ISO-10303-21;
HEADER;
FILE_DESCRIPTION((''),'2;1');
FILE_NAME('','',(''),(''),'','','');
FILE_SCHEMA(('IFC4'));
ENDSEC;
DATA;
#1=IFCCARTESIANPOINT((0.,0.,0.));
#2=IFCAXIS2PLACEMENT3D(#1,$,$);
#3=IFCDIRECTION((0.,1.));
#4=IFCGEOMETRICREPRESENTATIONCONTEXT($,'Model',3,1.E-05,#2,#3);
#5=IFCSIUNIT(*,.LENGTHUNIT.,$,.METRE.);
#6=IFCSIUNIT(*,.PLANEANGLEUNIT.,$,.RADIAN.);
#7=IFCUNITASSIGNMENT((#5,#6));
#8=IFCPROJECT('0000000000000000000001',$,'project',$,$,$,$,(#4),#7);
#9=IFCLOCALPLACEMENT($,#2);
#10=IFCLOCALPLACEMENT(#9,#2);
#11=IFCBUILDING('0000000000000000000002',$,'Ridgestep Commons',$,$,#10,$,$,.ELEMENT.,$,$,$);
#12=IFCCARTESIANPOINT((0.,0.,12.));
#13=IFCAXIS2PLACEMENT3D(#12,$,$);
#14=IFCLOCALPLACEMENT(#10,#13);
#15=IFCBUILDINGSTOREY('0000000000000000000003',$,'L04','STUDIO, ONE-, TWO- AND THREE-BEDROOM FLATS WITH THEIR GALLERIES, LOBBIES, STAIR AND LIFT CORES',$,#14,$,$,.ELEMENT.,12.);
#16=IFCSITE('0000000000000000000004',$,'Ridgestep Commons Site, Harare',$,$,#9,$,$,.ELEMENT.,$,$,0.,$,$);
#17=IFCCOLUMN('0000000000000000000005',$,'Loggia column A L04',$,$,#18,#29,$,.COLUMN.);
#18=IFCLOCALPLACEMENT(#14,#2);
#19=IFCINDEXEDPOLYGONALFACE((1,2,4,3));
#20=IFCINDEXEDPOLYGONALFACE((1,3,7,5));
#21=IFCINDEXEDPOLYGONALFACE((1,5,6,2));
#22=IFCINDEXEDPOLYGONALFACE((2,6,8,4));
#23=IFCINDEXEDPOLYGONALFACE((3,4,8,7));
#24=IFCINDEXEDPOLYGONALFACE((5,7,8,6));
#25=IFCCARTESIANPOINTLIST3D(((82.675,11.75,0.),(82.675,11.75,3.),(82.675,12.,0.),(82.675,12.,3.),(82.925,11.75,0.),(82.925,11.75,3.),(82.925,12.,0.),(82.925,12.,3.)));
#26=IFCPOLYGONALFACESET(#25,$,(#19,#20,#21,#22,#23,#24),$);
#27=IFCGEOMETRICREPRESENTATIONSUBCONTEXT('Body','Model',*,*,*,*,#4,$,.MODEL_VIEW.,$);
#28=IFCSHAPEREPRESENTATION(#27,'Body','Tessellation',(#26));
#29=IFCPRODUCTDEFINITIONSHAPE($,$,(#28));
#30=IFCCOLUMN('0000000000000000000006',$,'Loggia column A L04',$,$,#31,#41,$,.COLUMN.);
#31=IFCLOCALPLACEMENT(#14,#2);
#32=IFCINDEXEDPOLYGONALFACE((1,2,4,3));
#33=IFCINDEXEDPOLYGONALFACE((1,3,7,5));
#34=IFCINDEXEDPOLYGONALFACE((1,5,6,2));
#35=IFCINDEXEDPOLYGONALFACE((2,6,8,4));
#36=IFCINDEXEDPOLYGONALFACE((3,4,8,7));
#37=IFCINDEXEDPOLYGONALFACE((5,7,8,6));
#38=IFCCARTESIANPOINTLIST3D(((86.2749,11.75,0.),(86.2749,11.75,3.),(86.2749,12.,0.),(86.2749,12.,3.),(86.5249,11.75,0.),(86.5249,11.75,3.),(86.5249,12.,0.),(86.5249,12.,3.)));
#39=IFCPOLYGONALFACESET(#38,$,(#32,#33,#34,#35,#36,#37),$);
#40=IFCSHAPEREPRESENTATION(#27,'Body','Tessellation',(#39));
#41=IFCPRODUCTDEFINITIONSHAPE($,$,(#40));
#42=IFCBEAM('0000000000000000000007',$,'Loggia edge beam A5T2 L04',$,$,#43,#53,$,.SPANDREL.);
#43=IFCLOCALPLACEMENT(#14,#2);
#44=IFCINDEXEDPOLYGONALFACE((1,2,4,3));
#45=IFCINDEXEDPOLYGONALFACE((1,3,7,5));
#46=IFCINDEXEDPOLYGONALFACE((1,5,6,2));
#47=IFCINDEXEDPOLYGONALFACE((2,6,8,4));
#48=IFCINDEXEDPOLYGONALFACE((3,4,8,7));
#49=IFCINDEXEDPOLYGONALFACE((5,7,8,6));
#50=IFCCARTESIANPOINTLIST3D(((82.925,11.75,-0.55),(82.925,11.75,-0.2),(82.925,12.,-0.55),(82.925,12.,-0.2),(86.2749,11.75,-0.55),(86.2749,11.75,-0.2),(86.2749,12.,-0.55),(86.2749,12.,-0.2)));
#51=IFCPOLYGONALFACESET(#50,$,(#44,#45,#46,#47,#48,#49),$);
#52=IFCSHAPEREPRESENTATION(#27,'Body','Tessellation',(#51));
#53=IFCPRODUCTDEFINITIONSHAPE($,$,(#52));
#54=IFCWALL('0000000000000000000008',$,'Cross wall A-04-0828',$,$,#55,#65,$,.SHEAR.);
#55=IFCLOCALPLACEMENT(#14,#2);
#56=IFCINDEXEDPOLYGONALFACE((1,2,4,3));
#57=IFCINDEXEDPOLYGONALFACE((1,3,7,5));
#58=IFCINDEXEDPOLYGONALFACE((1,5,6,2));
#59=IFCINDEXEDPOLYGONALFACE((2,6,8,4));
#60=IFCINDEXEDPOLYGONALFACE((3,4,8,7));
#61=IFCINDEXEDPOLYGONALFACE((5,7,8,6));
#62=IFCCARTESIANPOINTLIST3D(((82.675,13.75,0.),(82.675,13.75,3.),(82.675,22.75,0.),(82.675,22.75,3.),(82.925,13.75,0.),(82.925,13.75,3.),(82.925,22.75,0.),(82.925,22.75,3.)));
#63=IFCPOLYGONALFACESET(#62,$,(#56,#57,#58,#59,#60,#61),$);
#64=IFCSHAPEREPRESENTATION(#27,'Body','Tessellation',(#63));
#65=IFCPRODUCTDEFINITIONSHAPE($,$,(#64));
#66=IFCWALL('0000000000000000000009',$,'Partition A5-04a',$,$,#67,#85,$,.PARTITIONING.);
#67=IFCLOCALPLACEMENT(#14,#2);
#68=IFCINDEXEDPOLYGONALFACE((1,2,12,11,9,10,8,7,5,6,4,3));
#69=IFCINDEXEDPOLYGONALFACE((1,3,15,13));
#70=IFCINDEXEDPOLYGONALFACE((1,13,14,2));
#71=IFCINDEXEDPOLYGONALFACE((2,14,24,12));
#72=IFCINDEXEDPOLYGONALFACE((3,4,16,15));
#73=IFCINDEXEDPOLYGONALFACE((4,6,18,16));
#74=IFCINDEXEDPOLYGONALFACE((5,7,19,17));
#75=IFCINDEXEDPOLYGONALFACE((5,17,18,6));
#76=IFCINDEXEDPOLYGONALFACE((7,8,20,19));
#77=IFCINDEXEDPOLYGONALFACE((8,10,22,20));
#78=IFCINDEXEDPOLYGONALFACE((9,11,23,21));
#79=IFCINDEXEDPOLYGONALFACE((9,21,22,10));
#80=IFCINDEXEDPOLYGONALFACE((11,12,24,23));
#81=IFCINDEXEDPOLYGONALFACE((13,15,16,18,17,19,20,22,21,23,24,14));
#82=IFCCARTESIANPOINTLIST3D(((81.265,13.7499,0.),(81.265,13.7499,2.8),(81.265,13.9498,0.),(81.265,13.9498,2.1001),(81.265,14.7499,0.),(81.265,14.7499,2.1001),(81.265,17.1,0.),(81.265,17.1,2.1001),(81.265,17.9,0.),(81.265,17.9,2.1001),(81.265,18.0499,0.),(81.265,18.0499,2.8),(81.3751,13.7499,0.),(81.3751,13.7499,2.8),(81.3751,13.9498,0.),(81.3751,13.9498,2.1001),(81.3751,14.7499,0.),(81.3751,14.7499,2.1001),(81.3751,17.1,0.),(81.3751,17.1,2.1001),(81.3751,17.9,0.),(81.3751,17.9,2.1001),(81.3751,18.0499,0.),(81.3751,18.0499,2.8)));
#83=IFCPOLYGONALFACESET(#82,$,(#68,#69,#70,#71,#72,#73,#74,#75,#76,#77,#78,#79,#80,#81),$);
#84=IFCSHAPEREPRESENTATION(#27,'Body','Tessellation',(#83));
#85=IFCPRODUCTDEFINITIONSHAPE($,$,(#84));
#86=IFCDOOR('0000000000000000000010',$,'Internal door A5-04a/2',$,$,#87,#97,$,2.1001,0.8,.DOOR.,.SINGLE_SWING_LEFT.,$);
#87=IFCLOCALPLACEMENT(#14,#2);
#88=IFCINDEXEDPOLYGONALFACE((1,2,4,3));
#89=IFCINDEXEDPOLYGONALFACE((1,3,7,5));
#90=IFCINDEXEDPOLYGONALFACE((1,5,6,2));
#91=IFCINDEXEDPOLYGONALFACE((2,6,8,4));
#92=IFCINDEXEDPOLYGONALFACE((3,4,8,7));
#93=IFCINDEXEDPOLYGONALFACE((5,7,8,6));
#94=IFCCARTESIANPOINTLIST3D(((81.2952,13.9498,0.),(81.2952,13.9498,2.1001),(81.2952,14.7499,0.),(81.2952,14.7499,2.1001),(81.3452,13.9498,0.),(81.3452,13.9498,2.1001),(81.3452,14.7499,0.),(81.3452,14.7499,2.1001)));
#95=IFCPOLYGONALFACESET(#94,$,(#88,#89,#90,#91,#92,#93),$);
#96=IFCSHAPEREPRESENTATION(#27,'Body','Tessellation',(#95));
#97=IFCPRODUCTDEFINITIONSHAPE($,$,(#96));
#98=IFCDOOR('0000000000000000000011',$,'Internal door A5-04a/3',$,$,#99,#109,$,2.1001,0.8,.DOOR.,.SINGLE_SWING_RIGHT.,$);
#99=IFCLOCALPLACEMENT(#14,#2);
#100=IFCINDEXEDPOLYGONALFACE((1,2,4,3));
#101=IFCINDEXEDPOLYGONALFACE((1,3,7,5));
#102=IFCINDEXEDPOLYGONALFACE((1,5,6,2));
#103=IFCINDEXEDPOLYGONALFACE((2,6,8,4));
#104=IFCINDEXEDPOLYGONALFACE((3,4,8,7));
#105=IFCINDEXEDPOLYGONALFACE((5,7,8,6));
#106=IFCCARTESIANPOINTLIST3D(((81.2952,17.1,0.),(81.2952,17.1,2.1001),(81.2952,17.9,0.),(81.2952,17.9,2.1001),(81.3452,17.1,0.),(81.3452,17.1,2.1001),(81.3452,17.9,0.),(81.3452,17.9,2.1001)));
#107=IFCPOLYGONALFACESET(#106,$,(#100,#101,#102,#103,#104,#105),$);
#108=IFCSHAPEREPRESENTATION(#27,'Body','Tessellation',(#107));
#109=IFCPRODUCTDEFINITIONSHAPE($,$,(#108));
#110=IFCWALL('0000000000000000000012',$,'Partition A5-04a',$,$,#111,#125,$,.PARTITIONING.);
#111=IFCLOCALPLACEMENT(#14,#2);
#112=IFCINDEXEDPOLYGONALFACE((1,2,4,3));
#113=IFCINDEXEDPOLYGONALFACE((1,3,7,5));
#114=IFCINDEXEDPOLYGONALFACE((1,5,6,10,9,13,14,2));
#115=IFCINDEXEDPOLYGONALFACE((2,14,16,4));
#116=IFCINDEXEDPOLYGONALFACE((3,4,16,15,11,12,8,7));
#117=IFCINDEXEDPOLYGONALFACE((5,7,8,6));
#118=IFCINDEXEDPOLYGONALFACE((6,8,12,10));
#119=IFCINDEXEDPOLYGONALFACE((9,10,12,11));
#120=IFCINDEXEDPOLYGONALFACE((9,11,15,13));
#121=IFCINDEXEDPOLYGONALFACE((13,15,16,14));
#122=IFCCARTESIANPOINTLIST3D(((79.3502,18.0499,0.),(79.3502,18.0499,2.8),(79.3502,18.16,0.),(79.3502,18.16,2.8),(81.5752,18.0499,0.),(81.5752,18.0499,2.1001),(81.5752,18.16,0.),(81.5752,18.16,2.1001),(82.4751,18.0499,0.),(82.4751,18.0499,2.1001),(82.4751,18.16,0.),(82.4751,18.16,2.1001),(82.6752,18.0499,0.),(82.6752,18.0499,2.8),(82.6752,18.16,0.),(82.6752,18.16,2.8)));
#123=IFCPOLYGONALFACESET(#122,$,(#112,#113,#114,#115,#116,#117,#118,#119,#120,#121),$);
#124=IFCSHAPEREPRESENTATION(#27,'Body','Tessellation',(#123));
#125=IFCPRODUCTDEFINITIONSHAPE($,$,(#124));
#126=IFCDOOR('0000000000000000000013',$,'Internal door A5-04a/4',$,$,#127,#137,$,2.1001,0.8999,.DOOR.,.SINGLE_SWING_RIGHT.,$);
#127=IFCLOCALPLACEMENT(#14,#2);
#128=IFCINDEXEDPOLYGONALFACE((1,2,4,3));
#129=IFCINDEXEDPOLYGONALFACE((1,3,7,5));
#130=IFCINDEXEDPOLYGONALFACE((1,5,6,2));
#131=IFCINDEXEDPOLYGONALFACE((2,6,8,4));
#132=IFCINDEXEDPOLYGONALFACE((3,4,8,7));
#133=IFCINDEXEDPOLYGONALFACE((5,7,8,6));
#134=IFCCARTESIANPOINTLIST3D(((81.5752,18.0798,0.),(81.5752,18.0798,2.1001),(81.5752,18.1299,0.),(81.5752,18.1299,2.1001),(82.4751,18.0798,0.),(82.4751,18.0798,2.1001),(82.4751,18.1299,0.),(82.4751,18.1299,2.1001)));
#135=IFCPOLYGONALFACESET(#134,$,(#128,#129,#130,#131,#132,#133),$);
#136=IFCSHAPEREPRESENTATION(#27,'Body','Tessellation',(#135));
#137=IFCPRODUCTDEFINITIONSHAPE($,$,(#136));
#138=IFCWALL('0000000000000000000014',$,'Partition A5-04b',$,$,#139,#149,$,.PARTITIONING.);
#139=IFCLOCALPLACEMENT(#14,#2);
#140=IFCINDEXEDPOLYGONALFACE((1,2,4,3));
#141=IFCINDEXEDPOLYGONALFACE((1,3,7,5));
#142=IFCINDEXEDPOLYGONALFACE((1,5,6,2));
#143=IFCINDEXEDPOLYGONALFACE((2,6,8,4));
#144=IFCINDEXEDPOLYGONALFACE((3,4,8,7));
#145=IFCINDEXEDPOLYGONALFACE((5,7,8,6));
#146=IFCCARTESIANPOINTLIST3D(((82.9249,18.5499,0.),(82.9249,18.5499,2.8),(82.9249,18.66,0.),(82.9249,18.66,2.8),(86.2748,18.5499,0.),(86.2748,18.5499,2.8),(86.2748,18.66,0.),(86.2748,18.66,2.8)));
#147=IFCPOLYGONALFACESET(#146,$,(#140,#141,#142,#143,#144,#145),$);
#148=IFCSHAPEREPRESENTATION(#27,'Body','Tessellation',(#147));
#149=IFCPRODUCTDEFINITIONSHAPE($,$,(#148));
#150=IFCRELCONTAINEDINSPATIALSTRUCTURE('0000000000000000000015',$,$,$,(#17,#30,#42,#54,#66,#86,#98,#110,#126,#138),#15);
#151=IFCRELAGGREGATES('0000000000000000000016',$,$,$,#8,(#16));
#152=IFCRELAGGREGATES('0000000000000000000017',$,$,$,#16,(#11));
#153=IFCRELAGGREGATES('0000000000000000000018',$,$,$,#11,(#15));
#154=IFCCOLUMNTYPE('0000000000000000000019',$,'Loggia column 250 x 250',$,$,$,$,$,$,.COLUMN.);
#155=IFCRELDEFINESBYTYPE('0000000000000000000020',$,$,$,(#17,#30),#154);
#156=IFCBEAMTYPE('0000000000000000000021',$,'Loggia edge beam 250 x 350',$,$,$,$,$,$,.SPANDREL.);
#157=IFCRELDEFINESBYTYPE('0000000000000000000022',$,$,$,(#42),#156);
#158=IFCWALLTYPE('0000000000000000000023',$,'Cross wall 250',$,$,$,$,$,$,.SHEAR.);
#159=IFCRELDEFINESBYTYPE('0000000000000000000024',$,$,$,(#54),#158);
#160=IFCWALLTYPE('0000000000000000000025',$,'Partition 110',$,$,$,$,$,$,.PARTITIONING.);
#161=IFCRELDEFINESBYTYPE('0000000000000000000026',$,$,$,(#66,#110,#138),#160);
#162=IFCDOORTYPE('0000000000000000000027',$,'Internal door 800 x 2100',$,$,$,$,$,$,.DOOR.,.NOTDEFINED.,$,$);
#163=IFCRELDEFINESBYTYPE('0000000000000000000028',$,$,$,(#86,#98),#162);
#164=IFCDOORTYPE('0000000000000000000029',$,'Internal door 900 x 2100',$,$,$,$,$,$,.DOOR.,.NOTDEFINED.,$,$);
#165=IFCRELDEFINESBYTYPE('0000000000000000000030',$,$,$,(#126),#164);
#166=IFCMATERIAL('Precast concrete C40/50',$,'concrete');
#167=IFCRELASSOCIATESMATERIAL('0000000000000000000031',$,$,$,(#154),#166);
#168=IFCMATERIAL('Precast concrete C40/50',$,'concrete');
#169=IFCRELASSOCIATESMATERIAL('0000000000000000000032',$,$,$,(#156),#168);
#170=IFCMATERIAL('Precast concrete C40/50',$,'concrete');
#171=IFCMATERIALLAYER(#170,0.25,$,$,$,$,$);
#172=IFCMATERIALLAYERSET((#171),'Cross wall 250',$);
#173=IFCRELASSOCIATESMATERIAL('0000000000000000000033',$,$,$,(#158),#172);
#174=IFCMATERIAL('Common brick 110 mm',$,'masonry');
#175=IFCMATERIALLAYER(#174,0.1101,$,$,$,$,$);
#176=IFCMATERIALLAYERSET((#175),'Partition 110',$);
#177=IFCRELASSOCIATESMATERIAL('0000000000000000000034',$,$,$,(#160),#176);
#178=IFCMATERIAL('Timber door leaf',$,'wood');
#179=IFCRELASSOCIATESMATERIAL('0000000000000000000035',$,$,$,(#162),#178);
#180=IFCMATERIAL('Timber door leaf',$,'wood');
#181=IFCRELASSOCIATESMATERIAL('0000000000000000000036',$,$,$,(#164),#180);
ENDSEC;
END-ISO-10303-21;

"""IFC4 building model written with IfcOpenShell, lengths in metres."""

from ifc_helpers import new_model, si_unit, direction, frame, frame_2d, origin, origin_2d, place, context, subcontext, project, spatial, rectangle, extrude, material, layer, layer_set, material_profile, profile_set, type_object, element, fill, save


model = new_model("IFC4")

# Units and contexts
model_context = context("Model", 3, precision=1e-05, world=origin(), true_north=direction((0.0, 1.0)))
body_context = subcontext(model_context, "Body", "Model", "MODEL_VIEW")
ifc_project = project(units=[si_unit("LENGTHUNIT", "METRE"), si_unit("PLANEANGLEUNIT", "RADIAN")], contexts=[model_context])

# Site, building, storey
site_placement = place(None, origin())
site = spatial("IfcSite", under=ifc_project, at=site_placement, Name="Ridgestep Commons Site, Harare", CompositionType="ELEMENT", RefElevation=0.0)
building_placement = place(site_placement, origin())
building = spatial("IfcBuilding", under=site, at=building_placement, Name="Ridgestep Commons", CompositionType="ELEMENT")
storey_placement = place(building_placement, frame((0.0, 0.0, 12.0)))
storey = spatial("IfcBuildingStorey", under=building, at=storey_placement, Name="L04", Description="STUDIO, ONE-, TWO- AND THREE-BEDROOM FLATS WITH THEIR GALLERIES, LOBBIES, STAIR AND LIFT CORES", CompositionType="ELEMENT", Elevation=12.0)

# Columns
ifc_material_1 = material(Name="Precast concrete C40/50", Category="concrete")
ifc_material_profile_1 = material_profile(ifc_material_1, rectangle(XDim=0.25, YDim=0.25, at=origin_2d()), Name="PC 250x250")
ifc_profile_set_1 = profile_set([ifc_material_profile_1], Name="Precast concrete C40/50")
column_type = type_object("IfcColumnType", Name="Loggia column 250 x 250", PredefinedType="COLUMN", material=ifc_profile_set_1)
for number, where, z_axis, x_axis, name in (
    (1, (82.8, 11.875, 0.0), (0.0, 0.0, 1.0), (1.0, 0.0, 0.0), "Loggia column A L04"),
    (2, (86.3999, 11.875, 0.0), (0.0, 0.0, 1.0), (1.0, 0.0, 0.0), "Loggia column A L04"),
):
    element("IfcColumn", number, at=place(storey_placement, frame(where, z_axis=z_axis, x_axis=x_axis)), inside=storey, type_object=column_type, Name=name, PredefinedType="COLUMN", context=body_context, shape_type="SweptSolid", body=[
        extrude(rectangle(XDim=0.25, YDim=0.25, at=origin_2d()), origin(), (0.0, 0.0, 1.0), 3.0),
    ])

# Beam
ifc_material_2 = material(Name="Precast concrete C40/50", Category="concrete")
ifc_material_profile_2 = material_profile(ifc_material_2, rectangle(XDim=0.25, YDim=0.3501, at=origin_2d()), Name="PC 250x350")
ifc_profile_set_2 = profile_set([ifc_material_profile_2], Name="Precast concrete C40/50")
beam_type = type_object("IfcBeamType", Name="Loggia edge beam 250 x 350", PredefinedType="SPANDREL", material=ifc_profile_set_2)
beam_placement = place(storey_placement, frame((82.925, 11.875, -0.375), z_axis=(1.0, 0.0, 0.0), x_axis=(0.0, 1.0, 0.0)))
element("IfcBeam", 3, at=beam_placement, inside=storey, type_object=beam_type, Name="Loggia edge beam A5T2 L04", PredefinedType="SPANDREL", context=body_context, shape_type="SweptSolid", body=[
    extrude(rectangle(XDim=0.25, YDim=0.3501, at=origin_2d()), origin(), (0.0, 0.0, 1.0), 3.3499),
])

# Wall
ifc_material_3 = material(Name="Precast concrete C40/50", Category="concrete")
ifc_layer_1 = layer(ifc_material_3, 0.25)
ifc_layer_set_1 = layer_set([ifc_layer_1], Name="Cross wall 250")
wall_type_1 = type_object("IfcWallType", Name="Cross wall 250", PredefinedType="SHEAR", material=ifc_layer_set_1)
wall_1_placement = place(storey_placement, frame((82.8, 13.75, 0.0), z_axis=(0.0, 0.0, 1.0), x_axis=(0.0, 1.0, 0.0)))
element("IfcWall", 4, at=wall_1_placement, inside=storey, type_object=wall_type_1, Name="Cross wall A-04-0828", PredefinedType="SHEAR", context=body_context, shape_type="SweptSolid", body=[
    extrude(rectangle(XDim=9.0, YDim=0.25, at=frame_2d((4.5, 0.0))), origin(), (0.0, 0.0, 1.0), 3.0),
])

# Wall, openings, doors
ifc_material_4 = material(Name="Common brick 110 mm", Category="masonry")
ifc_layer_2 = layer(ifc_material_4, 0.1101)
ifc_layer_set_2 = layer_set([ifc_layer_2], Name="Partition 110")
wall_type_2 = type_object("IfcWallType", Name="Partition 110", PredefinedType="PARTITIONING", material=ifc_layer_set_2)
wall_2_placement = place(storey_placement, frame((81.3201, 13.75, 0.0), z_axis=(0.0, 0.0, 1.0), x_axis=(0.0, 1.0, 0.0)))
wall_2 = element("IfcWall", 5, at=wall_2_placement, inside=storey, type_object=wall_type_2, Name="Partition A5-04a", PredefinedType="PARTITIONING", context=body_context, shape_type="SweptSolid", body=[
    extrude(rectangle(XDim=4.3, YDim=0.1101, at=frame_2d((2.1499, 0.0))), origin(), (0.0, 0.0, 1.0), 2.8),
])
opening_1_placement = place(wall_2_placement, frame((0.2, 0.0, 0.0)))
opening_1 = element("IfcOpeningElement", 6, at=opening_1_placement, cuts=wall_2, PredefinedType="OPENING", context=body_context, shape_type="SweptSolid", body=[
    extrude(rectangle(XDim=0.8, YDim=2.1001, at=frame_2d((0.3999, 1.05))), frame((0.0, 0.0649, 0.0), z_axis=(0.0, -1.0, 0.0), x_axis=(1.0, 0.0, 0.0)), (0.0, 0.0, 1.0), 0.1301),
])
opening_2_placement = place(wall_2_placement, frame((3.3501, 0.0, 0.0)))
opening_2 = element("IfcOpeningElement", 7, at=opening_2_placement, cuts=wall_2, PredefinedType="OPENING", context=body_context, shape_type="SweptSolid", body=[
    extrude(rectangle(XDim=0.8, YDim=2.1001, at=frame_2d((0.3999, 1.05))), frame((0.0, 0.0649, 0.0), z_axis=(0.0, -1.0, 0.0), x_axis=(1.0, 0.0, 0.0)), (0.0, 0.0, 1.0), 0.1301),
])
ifc_material_5 = material(Name="Timber door leaf", Category="wood")
door_type_1 = type_object("IfcDoorType", Name="Internal door 800 x 2100", OperationType="NOTDEFINED", PredefinedType="DOOR", material=ifc_material_5)
door_1_placement = place(opening_1_placement, origin())
door_1 = element("IfcDoor", 8, at=door_1_placement, inside=storey, type_object=door_type_1, Name="Internal door A5-04a/2", OperationType="SINGLE_SWING_LEFT", OverallHeight=2.1001, OverallWidth=0.8, PredefinedType="DOOR", context=body_context, shape_type="SweptSolid", body=[
    extrude(rectangle(XDim=0.8, YDim=2.1001, at=frame_2d((0.3999, 1.05))), frame((0.0, 0.0249, 0.0), z_axis=(0.0, -1.0, 0.0), x_axis=(1.0, 0.0, 0.0)), (0.0, 0.0, 1.0), 0.05),
])
fill(opening_1, door_1)
door_2_placement = place(opening_2_placement, origin())
door_2 = element("IfcDoor", 9, at=door_2_placement, inside=storey, type_object=door_type_1, Name="Internal door A5-04a/3", OperationType="SINGLE_SWING_RIGHT", OverallHeight=2.1001, OverallWidth=0.8, PredefinedType="DOOR", context=body_context, shape_type="SweptSolid", body=[
    extrude(rectangle(XDim=0.8, YDim=2.1001, at=frame_2d((0.3999, 1.05))), frame((0.0, 0.0249, 0.0), z_axis=(0.0, -1.0, 0.0), x_axis=(1.0, 0.0, 0.0)), (0.0, 0.0, 1.0), 0.05),
])
fill(opening_2, door_2)

# Wall, opening, door
wall_3_placement = place(storey_placement, frame((79.3501, 18.105, 0.0), z_axis=(0.0, 0.0, 1.0), x_axis=(1.0, 0.0, 0.0)))
wall_3 = element("IfcWall", 10, at=wall_3_placement, inside=storey, type_object=wall_type_2, Name="Partition A5-04a", PredefinedType="PARTITIONING", context=body_context, shape_type="SweptSolid", body=[
    extrude(rectangle(XDim=3.325, YDim=0.1101, at=frame_2d((1.6626, 0.0))), origin(), (0.0, 0.0, 1.0), 2.8),
])
opening_3_placement = place(wall_3_placement, frame((2.2251, 0.0, 0.0)))
opening_3 = element("IfcOpeningElement", 11, at=opening_3_placement, cuts=wall_3, PredefinedType="OPENING", context=body_context, shape_type="SweptSolid", body=[
    extrude(rectangle(XDim=0.8999, YDim=2.1001, at=frame_2d((0.45, 1.05))), frame((0.0, 0.0649, 0.0), z_axis=(0.0, -1.0, 0.0), x_axis=(1.0, 0.0, 0.0)), (0.0, 0.0, 1.0), 0.1301),
])
ifc_material_6 = material(Name="Timber door leaf", Category="wood")
door_type_2 = type_object("IfcDoorType", Name="Internal door 900 x 2100", OperationType="NOTDEFINED", PredefinedType="DOOR", material=ifc_material_6)
door_3_placement = place(opening_3_placement, origin())
door_3 = element("IfcDoor", 12, at=door_3_placement, inside=storey, type_object=door_type_2, Name="Internal door A5-04a/4", OperationType="SINGLE_SWING_RIGHT", OverallHeight=2.1001, OverallWidth=0.8999, PredefinedType="DOOR", context=body_context, shape_type="SweptSolid", body=[
    extrude(rectangle(XDim=0.8999, YDim=2.1001, at=frame_2d((0.45, 1.05))), frame((0.0, 0.0249, 0.0), z_axis=(0.0, -1.0, 0.0), x_axis=(1.0, 0.0, 0.0)), (0.0, 0.0, 1.0), 0.05),
])
fill(opening_3, door_3)

# Wall
wall_4_placement = place(storey_placement, frame((82.925, 18.605, 0.0), z_axis=(0.0, 0.0, 1.0), x_axis=(1.0, 0.0, 0.0)))
element("IfcWall", 13, at=wall_4_placement, inside=storey, type_object=wall_type_2, Name="Partition A5-04b", PredefinedType="PARTITIONING", context=body_context, shape_type="SweptSolid", body=[
    extrude(rectangle(XDim=3.3499, YDim=0.1101, at=frame_2d((1.6748, 0.0))), origin(), (0.0, 0.0, 1.0), 2.8),
])

save(model, "model.ifc")
